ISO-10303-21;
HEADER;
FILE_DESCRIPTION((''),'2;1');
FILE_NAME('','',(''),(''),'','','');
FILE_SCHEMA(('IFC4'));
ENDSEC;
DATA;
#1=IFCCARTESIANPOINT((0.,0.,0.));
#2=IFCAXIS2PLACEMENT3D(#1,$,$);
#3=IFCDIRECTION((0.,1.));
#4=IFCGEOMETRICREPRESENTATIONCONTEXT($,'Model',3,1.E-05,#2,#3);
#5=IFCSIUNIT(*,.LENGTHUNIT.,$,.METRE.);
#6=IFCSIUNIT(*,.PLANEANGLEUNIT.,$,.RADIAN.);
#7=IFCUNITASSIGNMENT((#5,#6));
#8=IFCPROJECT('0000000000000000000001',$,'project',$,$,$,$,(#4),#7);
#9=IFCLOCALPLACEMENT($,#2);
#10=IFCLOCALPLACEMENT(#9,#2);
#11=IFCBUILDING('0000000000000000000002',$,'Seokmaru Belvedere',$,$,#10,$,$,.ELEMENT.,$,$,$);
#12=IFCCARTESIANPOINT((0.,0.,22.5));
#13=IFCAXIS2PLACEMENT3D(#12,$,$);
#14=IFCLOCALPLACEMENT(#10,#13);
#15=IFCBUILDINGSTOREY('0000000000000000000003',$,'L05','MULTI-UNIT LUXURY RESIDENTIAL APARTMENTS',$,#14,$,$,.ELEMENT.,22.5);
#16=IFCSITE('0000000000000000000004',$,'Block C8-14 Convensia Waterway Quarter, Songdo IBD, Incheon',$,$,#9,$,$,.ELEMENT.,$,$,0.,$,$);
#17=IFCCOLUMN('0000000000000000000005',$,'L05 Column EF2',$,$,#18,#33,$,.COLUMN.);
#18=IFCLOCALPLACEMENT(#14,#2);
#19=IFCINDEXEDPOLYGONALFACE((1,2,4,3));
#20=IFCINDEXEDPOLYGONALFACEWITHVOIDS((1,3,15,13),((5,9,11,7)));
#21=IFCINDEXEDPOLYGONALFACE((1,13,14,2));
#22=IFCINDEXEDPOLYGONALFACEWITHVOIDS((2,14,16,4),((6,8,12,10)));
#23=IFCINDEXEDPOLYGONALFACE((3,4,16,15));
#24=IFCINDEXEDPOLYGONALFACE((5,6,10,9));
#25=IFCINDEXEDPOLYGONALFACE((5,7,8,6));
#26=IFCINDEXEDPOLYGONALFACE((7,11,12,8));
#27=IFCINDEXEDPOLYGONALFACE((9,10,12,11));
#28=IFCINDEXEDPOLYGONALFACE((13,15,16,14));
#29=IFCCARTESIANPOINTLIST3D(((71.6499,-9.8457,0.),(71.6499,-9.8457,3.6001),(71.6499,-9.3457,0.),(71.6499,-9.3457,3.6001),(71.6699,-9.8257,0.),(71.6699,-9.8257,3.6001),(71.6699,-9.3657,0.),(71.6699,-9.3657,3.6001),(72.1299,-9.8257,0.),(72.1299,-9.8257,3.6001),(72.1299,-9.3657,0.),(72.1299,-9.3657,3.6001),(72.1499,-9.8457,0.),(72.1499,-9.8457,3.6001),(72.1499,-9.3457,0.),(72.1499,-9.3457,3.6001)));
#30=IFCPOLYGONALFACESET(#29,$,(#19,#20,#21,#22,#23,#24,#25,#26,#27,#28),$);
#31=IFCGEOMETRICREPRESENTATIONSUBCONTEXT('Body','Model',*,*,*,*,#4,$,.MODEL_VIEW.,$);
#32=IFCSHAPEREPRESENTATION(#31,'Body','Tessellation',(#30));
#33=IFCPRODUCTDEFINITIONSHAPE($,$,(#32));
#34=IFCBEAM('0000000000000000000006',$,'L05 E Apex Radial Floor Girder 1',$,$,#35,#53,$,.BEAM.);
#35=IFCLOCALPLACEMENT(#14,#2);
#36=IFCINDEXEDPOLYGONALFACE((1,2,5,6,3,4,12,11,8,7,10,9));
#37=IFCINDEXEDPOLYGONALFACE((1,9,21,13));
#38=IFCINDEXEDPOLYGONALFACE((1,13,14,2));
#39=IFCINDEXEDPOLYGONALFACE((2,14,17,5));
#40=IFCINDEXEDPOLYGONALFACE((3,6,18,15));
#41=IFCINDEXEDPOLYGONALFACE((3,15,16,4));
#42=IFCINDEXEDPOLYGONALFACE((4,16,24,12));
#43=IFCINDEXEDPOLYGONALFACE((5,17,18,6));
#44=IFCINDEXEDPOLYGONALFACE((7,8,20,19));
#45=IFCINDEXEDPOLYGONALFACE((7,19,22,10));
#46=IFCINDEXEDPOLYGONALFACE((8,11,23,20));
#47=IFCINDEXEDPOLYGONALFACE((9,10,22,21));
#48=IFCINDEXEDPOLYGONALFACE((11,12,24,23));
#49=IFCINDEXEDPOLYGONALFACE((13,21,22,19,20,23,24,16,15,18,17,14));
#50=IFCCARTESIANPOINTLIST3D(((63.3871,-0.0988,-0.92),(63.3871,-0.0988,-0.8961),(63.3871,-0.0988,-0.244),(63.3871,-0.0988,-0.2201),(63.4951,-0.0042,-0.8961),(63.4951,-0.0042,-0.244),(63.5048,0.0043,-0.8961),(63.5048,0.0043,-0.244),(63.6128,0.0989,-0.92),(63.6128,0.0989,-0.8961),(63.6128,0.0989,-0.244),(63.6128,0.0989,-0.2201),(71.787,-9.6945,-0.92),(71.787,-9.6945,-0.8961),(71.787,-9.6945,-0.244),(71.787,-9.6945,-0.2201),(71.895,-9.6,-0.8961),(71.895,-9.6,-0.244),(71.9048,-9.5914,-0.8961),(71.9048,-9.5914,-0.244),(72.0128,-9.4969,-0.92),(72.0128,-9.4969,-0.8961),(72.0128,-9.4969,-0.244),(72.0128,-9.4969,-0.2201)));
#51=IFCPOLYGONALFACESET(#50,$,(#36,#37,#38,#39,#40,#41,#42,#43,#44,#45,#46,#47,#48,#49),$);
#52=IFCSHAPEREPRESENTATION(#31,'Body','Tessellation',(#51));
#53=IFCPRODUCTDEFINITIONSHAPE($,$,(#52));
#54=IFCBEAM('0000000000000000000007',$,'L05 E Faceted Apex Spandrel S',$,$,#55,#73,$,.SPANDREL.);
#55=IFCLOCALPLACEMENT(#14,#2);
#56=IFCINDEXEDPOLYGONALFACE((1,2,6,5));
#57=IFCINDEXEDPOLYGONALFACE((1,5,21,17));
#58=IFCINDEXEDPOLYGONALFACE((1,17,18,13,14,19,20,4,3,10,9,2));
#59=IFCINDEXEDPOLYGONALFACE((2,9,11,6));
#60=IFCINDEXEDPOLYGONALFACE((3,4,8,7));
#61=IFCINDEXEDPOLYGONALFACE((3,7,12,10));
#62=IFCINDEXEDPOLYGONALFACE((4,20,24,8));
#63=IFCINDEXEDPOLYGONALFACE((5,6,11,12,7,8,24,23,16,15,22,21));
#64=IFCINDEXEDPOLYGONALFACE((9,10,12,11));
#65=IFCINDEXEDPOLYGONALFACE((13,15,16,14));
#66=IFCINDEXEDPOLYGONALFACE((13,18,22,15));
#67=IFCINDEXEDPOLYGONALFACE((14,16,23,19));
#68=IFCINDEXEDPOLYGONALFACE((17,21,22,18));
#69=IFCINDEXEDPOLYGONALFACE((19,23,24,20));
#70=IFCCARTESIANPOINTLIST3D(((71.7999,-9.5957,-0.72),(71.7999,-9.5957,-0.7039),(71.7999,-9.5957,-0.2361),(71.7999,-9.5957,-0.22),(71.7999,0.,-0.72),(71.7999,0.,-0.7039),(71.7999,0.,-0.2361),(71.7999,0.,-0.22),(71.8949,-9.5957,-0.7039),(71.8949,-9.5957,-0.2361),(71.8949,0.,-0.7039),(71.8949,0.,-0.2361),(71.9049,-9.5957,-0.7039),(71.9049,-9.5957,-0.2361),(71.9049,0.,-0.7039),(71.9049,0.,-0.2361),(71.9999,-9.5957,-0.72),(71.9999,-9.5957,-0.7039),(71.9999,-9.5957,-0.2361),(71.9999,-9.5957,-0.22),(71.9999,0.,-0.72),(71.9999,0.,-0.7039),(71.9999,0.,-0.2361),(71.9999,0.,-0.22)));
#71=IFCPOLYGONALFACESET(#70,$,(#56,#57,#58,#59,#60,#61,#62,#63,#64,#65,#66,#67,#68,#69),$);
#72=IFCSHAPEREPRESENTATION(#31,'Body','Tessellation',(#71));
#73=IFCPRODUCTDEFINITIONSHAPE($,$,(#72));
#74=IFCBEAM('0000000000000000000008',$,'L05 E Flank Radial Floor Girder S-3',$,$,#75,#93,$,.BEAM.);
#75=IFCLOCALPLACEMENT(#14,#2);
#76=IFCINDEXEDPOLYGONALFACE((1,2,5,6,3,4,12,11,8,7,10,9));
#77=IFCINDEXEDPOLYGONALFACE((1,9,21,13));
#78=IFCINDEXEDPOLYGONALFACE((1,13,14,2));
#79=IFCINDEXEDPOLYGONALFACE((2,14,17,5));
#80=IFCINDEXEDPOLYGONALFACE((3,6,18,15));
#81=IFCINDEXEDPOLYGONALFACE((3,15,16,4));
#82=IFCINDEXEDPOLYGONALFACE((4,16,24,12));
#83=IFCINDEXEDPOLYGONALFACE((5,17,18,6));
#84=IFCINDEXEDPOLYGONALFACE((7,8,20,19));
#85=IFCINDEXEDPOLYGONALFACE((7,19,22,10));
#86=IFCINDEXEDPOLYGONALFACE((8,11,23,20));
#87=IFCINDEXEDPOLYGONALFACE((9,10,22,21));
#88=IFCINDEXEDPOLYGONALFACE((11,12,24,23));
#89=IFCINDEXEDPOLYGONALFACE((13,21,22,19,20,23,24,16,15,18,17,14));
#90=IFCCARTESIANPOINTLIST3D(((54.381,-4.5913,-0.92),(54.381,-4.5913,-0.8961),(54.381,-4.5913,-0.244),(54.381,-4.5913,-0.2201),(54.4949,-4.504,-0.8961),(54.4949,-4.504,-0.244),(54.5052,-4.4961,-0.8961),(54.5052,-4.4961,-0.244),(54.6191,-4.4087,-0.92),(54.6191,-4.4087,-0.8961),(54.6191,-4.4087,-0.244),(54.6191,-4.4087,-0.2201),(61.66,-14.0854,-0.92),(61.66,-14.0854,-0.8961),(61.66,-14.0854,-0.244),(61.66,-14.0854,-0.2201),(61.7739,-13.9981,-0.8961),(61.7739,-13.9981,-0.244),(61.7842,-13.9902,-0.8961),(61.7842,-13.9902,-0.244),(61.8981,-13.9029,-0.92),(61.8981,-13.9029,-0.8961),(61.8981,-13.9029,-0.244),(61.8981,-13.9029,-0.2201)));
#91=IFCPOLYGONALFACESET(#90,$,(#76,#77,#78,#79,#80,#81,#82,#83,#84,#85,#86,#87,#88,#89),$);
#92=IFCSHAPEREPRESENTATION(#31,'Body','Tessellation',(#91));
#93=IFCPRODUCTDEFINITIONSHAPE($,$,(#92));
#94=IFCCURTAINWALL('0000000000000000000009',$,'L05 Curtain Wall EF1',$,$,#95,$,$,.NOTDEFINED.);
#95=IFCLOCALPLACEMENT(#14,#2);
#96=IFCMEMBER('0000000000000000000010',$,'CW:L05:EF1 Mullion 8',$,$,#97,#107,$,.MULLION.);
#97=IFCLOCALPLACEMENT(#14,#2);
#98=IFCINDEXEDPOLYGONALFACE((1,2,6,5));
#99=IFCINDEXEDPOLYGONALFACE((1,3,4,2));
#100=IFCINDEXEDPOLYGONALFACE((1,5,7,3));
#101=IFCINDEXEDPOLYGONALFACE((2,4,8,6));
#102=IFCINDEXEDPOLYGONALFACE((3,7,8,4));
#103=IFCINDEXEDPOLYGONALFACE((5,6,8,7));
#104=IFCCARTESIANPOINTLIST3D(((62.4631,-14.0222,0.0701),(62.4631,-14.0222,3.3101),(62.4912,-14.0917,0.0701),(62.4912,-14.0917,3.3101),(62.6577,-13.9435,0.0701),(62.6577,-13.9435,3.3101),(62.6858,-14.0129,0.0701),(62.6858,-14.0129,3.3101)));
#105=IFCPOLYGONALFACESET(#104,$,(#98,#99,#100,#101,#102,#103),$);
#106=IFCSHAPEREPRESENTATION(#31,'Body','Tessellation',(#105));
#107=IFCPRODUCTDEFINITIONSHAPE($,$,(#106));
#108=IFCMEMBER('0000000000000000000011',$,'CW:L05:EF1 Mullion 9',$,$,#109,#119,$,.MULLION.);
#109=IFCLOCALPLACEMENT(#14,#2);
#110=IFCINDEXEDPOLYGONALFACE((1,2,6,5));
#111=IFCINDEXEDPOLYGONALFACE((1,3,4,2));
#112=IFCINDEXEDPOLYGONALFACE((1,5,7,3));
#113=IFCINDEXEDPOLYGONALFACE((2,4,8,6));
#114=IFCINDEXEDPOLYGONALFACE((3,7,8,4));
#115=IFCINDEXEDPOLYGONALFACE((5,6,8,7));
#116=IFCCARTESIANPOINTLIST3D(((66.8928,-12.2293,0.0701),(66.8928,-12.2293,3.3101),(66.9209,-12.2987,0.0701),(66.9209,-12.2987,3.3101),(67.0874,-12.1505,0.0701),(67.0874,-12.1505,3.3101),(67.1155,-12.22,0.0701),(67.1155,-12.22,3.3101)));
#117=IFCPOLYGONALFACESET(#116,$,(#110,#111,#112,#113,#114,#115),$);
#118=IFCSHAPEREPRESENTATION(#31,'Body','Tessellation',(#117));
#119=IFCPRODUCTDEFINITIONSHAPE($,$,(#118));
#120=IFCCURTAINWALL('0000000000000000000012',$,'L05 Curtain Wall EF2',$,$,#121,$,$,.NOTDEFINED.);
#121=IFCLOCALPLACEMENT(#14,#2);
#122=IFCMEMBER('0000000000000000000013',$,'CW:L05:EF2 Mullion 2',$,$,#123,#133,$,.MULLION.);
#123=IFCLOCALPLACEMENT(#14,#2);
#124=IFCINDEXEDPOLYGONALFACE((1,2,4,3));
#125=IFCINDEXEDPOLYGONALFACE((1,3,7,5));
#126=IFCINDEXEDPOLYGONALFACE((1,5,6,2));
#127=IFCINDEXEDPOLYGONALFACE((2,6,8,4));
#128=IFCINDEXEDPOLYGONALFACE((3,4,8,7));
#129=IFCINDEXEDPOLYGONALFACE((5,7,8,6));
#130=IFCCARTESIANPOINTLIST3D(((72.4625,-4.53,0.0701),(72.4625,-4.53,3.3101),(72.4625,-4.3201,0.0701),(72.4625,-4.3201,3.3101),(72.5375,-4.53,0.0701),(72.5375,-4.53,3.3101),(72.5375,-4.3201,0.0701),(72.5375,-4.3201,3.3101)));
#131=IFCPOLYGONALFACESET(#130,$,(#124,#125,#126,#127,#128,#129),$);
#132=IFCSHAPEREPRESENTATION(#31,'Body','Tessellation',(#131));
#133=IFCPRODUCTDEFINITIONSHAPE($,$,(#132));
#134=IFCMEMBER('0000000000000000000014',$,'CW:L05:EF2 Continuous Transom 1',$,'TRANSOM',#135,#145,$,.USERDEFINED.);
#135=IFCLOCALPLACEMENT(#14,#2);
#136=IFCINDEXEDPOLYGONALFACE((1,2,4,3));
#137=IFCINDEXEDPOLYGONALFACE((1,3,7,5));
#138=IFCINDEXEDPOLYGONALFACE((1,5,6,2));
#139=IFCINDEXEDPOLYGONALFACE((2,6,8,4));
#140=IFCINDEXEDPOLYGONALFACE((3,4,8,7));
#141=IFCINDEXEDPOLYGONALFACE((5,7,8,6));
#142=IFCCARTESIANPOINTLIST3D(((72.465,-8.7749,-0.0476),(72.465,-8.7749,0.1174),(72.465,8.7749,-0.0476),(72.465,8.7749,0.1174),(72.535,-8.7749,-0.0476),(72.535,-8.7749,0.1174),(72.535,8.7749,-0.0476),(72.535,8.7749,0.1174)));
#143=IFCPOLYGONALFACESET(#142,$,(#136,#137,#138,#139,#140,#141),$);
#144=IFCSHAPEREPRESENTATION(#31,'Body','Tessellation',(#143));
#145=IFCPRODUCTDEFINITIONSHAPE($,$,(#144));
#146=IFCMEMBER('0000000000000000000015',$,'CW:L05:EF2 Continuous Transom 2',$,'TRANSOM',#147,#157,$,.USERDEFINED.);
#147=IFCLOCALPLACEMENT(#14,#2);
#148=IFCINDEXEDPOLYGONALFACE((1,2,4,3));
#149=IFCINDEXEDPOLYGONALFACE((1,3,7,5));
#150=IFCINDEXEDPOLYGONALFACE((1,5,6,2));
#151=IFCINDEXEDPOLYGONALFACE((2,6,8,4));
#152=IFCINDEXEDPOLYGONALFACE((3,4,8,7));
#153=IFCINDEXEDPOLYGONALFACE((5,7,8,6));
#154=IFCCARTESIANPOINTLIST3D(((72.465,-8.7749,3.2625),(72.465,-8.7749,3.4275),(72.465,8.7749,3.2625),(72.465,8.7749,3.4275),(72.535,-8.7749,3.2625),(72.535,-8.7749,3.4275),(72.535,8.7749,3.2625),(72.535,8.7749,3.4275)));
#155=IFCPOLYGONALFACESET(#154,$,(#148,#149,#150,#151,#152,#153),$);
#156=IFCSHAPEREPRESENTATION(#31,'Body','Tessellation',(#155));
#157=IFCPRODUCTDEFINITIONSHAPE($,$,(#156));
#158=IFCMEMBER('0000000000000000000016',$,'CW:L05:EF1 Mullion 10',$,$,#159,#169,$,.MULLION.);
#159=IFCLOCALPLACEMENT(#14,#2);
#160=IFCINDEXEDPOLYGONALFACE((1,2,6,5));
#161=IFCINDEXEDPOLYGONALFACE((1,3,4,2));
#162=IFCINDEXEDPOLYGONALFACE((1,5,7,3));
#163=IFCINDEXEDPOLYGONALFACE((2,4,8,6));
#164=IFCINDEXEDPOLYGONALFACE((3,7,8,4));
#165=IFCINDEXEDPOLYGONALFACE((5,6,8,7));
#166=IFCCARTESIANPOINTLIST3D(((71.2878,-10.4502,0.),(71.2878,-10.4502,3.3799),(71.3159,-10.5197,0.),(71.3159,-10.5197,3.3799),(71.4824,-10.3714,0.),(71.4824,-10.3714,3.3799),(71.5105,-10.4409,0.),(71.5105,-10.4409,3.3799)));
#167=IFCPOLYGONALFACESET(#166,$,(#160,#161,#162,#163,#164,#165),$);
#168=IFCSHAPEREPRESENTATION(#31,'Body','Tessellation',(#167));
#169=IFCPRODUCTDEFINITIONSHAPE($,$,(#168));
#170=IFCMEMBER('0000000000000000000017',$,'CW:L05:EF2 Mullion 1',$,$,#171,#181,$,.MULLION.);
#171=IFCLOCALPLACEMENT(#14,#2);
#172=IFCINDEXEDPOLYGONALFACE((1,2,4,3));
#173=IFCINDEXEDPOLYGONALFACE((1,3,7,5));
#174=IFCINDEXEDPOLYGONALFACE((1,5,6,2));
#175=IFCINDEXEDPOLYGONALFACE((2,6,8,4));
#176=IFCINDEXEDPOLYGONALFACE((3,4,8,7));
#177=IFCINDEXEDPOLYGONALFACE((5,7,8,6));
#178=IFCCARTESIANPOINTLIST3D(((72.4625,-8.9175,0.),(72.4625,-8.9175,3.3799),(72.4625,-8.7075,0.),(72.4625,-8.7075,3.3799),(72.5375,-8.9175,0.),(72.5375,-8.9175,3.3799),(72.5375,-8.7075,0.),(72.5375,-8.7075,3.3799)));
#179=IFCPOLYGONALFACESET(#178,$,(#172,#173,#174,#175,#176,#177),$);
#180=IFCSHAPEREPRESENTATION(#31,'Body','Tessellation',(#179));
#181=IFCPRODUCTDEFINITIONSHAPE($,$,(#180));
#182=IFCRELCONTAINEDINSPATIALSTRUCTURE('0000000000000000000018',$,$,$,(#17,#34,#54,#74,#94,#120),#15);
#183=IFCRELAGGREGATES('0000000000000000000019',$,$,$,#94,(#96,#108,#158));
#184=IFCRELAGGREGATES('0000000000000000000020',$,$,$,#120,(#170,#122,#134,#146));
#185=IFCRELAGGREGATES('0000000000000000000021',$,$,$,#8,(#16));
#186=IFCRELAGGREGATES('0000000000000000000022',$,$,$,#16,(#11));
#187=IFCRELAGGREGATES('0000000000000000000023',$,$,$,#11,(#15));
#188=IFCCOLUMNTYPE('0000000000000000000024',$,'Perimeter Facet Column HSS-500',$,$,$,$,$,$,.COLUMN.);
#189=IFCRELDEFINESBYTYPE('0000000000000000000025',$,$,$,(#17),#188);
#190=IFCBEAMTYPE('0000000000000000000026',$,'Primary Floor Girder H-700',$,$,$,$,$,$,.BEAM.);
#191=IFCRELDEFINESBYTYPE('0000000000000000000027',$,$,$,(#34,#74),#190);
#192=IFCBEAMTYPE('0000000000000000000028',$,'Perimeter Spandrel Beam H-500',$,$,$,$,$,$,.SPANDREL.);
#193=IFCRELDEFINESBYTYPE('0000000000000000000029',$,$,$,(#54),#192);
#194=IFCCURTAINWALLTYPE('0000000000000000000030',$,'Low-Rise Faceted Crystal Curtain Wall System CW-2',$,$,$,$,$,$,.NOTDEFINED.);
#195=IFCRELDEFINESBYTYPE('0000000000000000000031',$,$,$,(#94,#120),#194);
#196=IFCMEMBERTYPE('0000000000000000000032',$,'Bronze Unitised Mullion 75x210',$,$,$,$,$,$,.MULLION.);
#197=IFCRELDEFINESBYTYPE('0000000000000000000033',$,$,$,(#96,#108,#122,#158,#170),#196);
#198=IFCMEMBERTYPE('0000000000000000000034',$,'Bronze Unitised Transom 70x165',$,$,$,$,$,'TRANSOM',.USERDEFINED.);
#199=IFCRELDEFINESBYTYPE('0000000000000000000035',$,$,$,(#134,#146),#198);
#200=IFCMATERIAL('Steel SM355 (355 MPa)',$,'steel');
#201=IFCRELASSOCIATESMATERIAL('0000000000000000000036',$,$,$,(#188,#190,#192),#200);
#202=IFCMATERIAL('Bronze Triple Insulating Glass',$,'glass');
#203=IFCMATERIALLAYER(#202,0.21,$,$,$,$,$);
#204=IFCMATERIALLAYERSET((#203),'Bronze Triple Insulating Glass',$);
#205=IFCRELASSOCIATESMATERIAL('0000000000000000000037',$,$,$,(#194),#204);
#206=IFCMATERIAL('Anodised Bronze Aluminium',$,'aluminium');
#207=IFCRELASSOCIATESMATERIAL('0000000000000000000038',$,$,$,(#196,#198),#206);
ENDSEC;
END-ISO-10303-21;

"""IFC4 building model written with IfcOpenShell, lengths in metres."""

from ifc_helpers import new_model, si_unit, direction, frame, origin, origin_2d, place, context, subcontext, project, spatial, rectangle, hollow_rectangle, i_section, extrude, source, transform, mapped, material, layer, layer_set, material_profile, profile_set, type_object, type_shapes, element, aggregate, save


model = new_model("IFC4")

# Units and contexts
model_context = context("Model", 3, precision=1e-05, world=origin(), true_north=direction((0.0, 1.0)))
body_context = subcontext(model_context, "Body", "Model", "MODEL_VIEW")
ifc_project = project(units=[si_unit("LENGTHUNIT", "METRE"), si_unit("PLANEANGLEUNIT", "RADIAN")], contexts=[model_context])

# Site, building, storey
site_placement = place(None, origin())
site = spatial("IfcSite", under=ifc_project, at=site_placement, Name="Block C8-14 Convensia Waterway Quarter, Songdo IBD, Incheon", CompositionType="ELEMENT", RefElevation=0.0)
building_placement = place(site_placement, origin())
building = spatial("IfcBuilding", under=site, at=building_placement, Name="Seokmaru Belvedere", CompositionType="ELEMENT")
storey_placement = place(building_placement, frame((0.0, 0.0, 22.5)))
storey = spatial("IfcBuildingStorey", under=building, at=storey_placement, Name="L05", Description="MULTI-UNIT LUXURY RESIDENTIAL APARTMENTS", CompositionType="ELEMENT", Elevation=22.5)

# Column
ifc_material_1 = material(Name="Steel SM355 (355 MPa)", Category="steel")
ifc_material_profile_1 = material_profile(ifc_material_1, hollow_rectangle(XDim=0.5, YDim=0.5, WallThickness=0.02, at=origin_2d()), Name="HSS-500x500x20")
ifc_profile_set_1 = profile_set([ifc_material_profile_1], Name="Steel SM355 (355 MPa)")
column_type = type_object("IfcColumnType", Name="Perimeter Facet Column HSS-500", PredefinedType="COLUMN", material=ifc_profile_set_1)
shared_shape_1 = source(origin(), body_context, "Body", "SweptSolid", [
    extrude(hollow_rectangle(XDim=0.5, YDim=0.5, WallThickness=0.02, at=origin_2d()), origin(), (0.0, 0.0, 1.0), 3.6001),
])
type_shapes(column_type, [shared_shape_1])
column_placement = place(storey_placement, frame((71.8999, -9.5957, 0.0), z_axis=(0.0, 0.0, 1.0), x_axis=(1.0, 0.0, 0.0)))
element("IfcColumn", 1, at=column_placement, inside=storey, type_object=column_type, Name="L05 Column EF2", PredefinedType="COLUMN", context=body_context, shape_type="MappedRepresentation", body=[
    mapped(shared_shape_1, transform((0.0, 0.0, 0.0), scale=1.0)),
])

# Beams
ifc_material_profile_2 = material_profile(ifc_material_1, i_section(OverallWidth=0.3, OverallDepth=0.7, WebThickness=0.0129, FlangeThickness=0.0239, at=origin_2d()), Name="H-700x300x13x24")
ifc_profile_set_2 = profile_set([ifc_material_profile_2], Name="Steel SM355 (355 MPa)")
beam_type_1 = type_object("IfcBeamType", Name="Primary Floor Girder H-700", PredefinedType="BEAM", material=ifc_profile_set_2)
shared_shape_2 = source(origin(), body_context, "Body", "SweptSolid", [
    extrude(i_section(OverallWidth=0.3, OverallDepth=0.7, WebThickness=0.0129, FlangeThickness=0.0239, at=origin_2d()), origin(), (0.0, 0.0, 1.0), 12.7529),
])
beam_1_placement = place(storey_placement, frame((71.8999, -9.5957, -0.5701), z_axis=(-0.658667, 0.752434, 0.0), x_axis=(-0.752434, -0.658667, 0.0)))
element("IfcBeam", 2, at=beam_1_placement, inside=storey, type_object=beam_type_1, Name="L05 E Apex Radial Floor Girder 1", PredefinedType="BEAM", context=body_context, shape_type="MappedRepresentation", body=[
    mapped(shared_shape_2, transform((0.0, 0.0, 0.0), scale=1.0)),
])
ifc_material_profile_3 = material_profile(ifc_material_1, i_section(OverallWidth=0.2, OverallDepth=0.5, WebThickness=0.01, FlangeThickness=0.0161, at=origin_2d()), Name="H-500x200x10x16")
ifc_profile_set_3 = profile_set([ifc_material_profile_3], Name="Steel SM355 (355 MPa)")
beam_type_2 = type_object("IfcBeamType", Name="Perimeter Spandrel Beam H-500", PredefinedType="SPANDREL", material=ifc_profile_set_3)
shared_shape_3 = source(origin(), body_context, "Body", "SweptSolid", [
    extrude(i_section(OverallWidth=0.2, OverallDepth=0.5, WebThickness=0.01, FlangeThickness=0.0161, at=origin_2d()), origin(), (0.0, 0.0, 1.0), 9.5957),
])
type_shapes(beam_type_2, [shared_shape_3])
beam_2_placement = place(storey_placement, frame((71.8999, -9.5957, -0.47), z_axis=(0.0, 1.0, 0.0), x_axis=(-1.0, 0.0, 0.0)))
element("IfcBeam", 3, at=beam_2_placement, inside=storey, type_object=beam_type_2, Name="L05 E Faceted Apex Spandrel S", PredefinedType="SPANDREL", context=body_context, shape_type="MappedRepresentation", body=[
    mapped(shared_shape_3, transform((0.0, 0.0, 0.0), scale=1.0)),
])
shared_shape_4 = source(origin(), body_context, "Body", "SweptSolid", [
    extrude(i_section(OverallWidth=0.3, OverallDepth=0.7, WebThickness=0.0129, FlangeThickness=0.0239, at=origin_2d()), origin(), (0.0, 0.0, 1.0), 11.9634),
])
type_shapes(beam_type_1, [shared_shape_2, shared_shape_4])
beam_3_placement = place(storey_placement, frame((61.7791, -13.9941, -0.5701), z_axis=(-0.608443, 0.793598, 0.0), x_axis=(-0.793598, -0.608443, 0.0)))
element("IfcBeam", 4, at=beam_3_placement, inside=storey, type_object=beam_type_1, Name="L05 E Flank Radial Floor Girder S-3", PredefinedType="BEAM", context=body_context, shape_type="MappedRepresentation", body=[
    mapped(shared_shape_4, transform((0.0, 0.0, 0.0), scale=1.0)),
])

# Curtain walls, members
ifc_material_2 = material(Name="Bronze Triple Insulating Glass", Category="glass")
ifc_layer_1 = layer(ifc_material_2, 0.21)
ifc_layer_set_1 = layer_set([ifc_layer_1], Name="Bronze Triple Insulating Glass")
curtain_wall_type = type_object("IfcCurtainWallType", Name="Low-Rise Faceted Crystal Curtain Wall System CW-2", PredefinedType="NOTDEFINED", material=ifc_layer_set_1)
curtain_wall_1_placement = place(storey_placement, origin())
curtain_wall_1 = element("IfcCurtainWall", 5, at=curtain_wall_1_placement, inside=storey, type_object=curtain_wall_type, Name="L05 Curtain Wall EF1", PredefinedType="NOTDEFINED")
ifc_material_3 = material(Name="Anodised Bronze Aluminium", Category="aluminium")
ifc_material_profile_4 = material_profile(ifc_material_3, rectangle(XDim=0.075, YDim=0.21, at=origin_2d()), Name="CW-M-75x210")
ifc_profile_set_4 = profile_set([ifc_material_profile_4], Name="Anodised Bronze Aluminium")
member_type_1 = type_object("IfcMemberType", Name="Bronze Unitised Mullion 75x210", PredefinedType="MULLION", material=ifc_profile_set_4)
shared_shape_5 = source(origin(), body_context, "Body", "SweptSolid", [
    extrude(rectangle(XDim=0.075, YDim=0.21, at=origin_2d()), origin(), (0.0, 0.0, 1.0), 3.24),
])
member_1_placement = place(storey_placement, frame((62.5745, -14.0176, 0.0701), z_axis=(0.0, 0.0, 1.0), x_axis=(-0.375192, 0.926947, 0.0)))
member_1 = element("IfcMember", 6, at=member_1_placement, type_object=member_type_1, Name="CW:L05:EF1 Mullion 8", PredefinedType="MULLION", context=body_context, shape_type="MappedRepresentation", body=[
    mapped(shared_shape_5, transform((0.0, 0.0, 0.0), scale=1.0)),
])
member_2_placement = place(storey_placement, frame((67.0042, -12.2246, 0.0701), z_axis=(0.0, 0.0, 1.0), x_axis=(-0.375192, 0.926947, 0.0)))
member_2 = element("IfcMember", 7, at=member_2_placement, type_object=member_type_1, Name="CW:L05:EF1 Mullion 9", PredefinedType="MULLION", context=body_context, shape_type="MappedRepresentation", body=[
    mapped(shared_shape_5, transform((0.0, 0.0, 0.0), scale=1.0)),
])
curtain_wall_2_placement = place(storey_placement, origin())
curtain_wall_2 = element("IfcCurtainWall", 8, at=curtain_wall_2_placement, inside=storey, type_object=curtain_wall_type, Name="L05 Curtain Wall EF2", PredefinedType="NOTDEFINED")
member_3_placement = place(storey_placement, frame((72.5, -4.425, 0.0701), z_axis=(0.0, 0.0, 1.0), x_axis=(-1.0, 0.0, 0.0)))
member_3 = element("IfcMember", 9, at=member_3_placement, type_object=member_type_1, Name="CW:L05:EF2 Mullion 2", PredefinedType="MULLION", context=body_context, shape_type="MappedRepresentation", body=[
    mapped(shared_shape_5, transform((0.0, 0.0, 0.0), scale=1.0)),
])
ifc_material_profile_5 = material_profile(ifc_material_3, rectangle(XDim=0.0701, YDim=0.165, at=origin_2d()), Name="CW-T-70x165")
ifc_profile_set_5 = profile_set([ifc_material_profile_5], Name="Anodised Bronze Aluminium")
member_type_2 = type_object("IfcMemberType", Name="Bronze Unitised Transom 70x165", ElementType="TRANSOM", PredefinedType="USERDEFINED", material=ifc_profile_set_5)
shared_shape_6 = source(origin(), body_context, "Body", "SweptSolid", [
    extrude(rectangle(XDim=0.0701, YDim=0.165, at=origin_2d()), origin(), (0.0, 0.0, 1.0), 17.5498),
])
type_shapes(member_type_2, [shared_shape_6])
member_4_placement = place(storey_placement, frame((72.5, -8.7749, 0.0349), z_axis=(0.0, 1.0, 0.0), x_axis=(-1.0, 0.0, 0.0)))
member_4 = element("IfcMember", 10, at=member_4_placement, type_object=member_type_2, Name="CW:L05:EF2 Continuous Transom 1", ObjectType="TRANSOM", PredefinedType="USERDEFINED", context=body_context, shape_type="MappedRepresentation", body=[
    mapped(shared_shape_6, transform((0.0, 0.0, 0.0), scale=1.0)),
])
member_5_placement = place(storey_placement, frame((72.5, -8.7749, 3.345), z_axis=(0.0, 1.0, 0.0), x_axis=(-1.0, 0.0, 0.0)))
member_5 = element("IfcMember", 11, at=member_5_placement, type_object=member_type_2, Name="CW:L05:EF2 Continuous Transom 2", ObjectType="TRANSOM", PredefinedType="USERDEFINED", context=body_context, shape_type="MappedRepresentation", body=[
    mapped(shared_shape_6, transform((0.0, 0.0, 0.0), scale=1.0)),
])

# Members
shared_shape_7 = source(origin(), body_context, "Body", "SweptSolid", [
    extrude(rectangle(XDim=0.075, YDim=0.21, at=origin_2d()), origin(), (0.0, 0.0, 1.0), 3.3799),
])
type_shapes(member_type_1, [shared_shape_5, shared_shape_7])
member_6_placement = place(storey_placement, frame((71.3992, -10.4456, 0.0), z_axis=(0.0, 0.0, 1.0), x_axis=(-0.375192, 0.926947, 0.0)))
member_6 = element("IfcMember", 12, at=member_6_placement, type_object=member_type_1, Name="CW:L05:EF1 Mullion 10", PredefinedType="MULLION", context=body_context, shape_type="MappedRepresentation", body=[
    mapped(shared_shape_7, transform((0.0, 0.0, 0.0), scale=1.0)),
])
member_7_placement = place(storey_placement, frame((72.5, -8.8125, 0.0), z_axis=(0.0, 0.0, 1.0), x_axis=(-1.0, 0.0, 0.0)))
member_7 = element("IfcMember", 13, at=member_7_placement, type_object=member_type_1, Name="CW:L05:EF2 Mullion 1", PredefinedType="MULLION", context=body_context, shape_type="MappedRepresentation", body=[
    mapped(shared_shape_7, transform((0.0, 0.0, 0.0), scale=1.0)),
])

aggregate(curtain_wall_1, [member_1, member_2, member_6])
aggregate(curtain_wall_2, [member_7, member_3, member_4, member_5])

save(model, "model.ifc")
